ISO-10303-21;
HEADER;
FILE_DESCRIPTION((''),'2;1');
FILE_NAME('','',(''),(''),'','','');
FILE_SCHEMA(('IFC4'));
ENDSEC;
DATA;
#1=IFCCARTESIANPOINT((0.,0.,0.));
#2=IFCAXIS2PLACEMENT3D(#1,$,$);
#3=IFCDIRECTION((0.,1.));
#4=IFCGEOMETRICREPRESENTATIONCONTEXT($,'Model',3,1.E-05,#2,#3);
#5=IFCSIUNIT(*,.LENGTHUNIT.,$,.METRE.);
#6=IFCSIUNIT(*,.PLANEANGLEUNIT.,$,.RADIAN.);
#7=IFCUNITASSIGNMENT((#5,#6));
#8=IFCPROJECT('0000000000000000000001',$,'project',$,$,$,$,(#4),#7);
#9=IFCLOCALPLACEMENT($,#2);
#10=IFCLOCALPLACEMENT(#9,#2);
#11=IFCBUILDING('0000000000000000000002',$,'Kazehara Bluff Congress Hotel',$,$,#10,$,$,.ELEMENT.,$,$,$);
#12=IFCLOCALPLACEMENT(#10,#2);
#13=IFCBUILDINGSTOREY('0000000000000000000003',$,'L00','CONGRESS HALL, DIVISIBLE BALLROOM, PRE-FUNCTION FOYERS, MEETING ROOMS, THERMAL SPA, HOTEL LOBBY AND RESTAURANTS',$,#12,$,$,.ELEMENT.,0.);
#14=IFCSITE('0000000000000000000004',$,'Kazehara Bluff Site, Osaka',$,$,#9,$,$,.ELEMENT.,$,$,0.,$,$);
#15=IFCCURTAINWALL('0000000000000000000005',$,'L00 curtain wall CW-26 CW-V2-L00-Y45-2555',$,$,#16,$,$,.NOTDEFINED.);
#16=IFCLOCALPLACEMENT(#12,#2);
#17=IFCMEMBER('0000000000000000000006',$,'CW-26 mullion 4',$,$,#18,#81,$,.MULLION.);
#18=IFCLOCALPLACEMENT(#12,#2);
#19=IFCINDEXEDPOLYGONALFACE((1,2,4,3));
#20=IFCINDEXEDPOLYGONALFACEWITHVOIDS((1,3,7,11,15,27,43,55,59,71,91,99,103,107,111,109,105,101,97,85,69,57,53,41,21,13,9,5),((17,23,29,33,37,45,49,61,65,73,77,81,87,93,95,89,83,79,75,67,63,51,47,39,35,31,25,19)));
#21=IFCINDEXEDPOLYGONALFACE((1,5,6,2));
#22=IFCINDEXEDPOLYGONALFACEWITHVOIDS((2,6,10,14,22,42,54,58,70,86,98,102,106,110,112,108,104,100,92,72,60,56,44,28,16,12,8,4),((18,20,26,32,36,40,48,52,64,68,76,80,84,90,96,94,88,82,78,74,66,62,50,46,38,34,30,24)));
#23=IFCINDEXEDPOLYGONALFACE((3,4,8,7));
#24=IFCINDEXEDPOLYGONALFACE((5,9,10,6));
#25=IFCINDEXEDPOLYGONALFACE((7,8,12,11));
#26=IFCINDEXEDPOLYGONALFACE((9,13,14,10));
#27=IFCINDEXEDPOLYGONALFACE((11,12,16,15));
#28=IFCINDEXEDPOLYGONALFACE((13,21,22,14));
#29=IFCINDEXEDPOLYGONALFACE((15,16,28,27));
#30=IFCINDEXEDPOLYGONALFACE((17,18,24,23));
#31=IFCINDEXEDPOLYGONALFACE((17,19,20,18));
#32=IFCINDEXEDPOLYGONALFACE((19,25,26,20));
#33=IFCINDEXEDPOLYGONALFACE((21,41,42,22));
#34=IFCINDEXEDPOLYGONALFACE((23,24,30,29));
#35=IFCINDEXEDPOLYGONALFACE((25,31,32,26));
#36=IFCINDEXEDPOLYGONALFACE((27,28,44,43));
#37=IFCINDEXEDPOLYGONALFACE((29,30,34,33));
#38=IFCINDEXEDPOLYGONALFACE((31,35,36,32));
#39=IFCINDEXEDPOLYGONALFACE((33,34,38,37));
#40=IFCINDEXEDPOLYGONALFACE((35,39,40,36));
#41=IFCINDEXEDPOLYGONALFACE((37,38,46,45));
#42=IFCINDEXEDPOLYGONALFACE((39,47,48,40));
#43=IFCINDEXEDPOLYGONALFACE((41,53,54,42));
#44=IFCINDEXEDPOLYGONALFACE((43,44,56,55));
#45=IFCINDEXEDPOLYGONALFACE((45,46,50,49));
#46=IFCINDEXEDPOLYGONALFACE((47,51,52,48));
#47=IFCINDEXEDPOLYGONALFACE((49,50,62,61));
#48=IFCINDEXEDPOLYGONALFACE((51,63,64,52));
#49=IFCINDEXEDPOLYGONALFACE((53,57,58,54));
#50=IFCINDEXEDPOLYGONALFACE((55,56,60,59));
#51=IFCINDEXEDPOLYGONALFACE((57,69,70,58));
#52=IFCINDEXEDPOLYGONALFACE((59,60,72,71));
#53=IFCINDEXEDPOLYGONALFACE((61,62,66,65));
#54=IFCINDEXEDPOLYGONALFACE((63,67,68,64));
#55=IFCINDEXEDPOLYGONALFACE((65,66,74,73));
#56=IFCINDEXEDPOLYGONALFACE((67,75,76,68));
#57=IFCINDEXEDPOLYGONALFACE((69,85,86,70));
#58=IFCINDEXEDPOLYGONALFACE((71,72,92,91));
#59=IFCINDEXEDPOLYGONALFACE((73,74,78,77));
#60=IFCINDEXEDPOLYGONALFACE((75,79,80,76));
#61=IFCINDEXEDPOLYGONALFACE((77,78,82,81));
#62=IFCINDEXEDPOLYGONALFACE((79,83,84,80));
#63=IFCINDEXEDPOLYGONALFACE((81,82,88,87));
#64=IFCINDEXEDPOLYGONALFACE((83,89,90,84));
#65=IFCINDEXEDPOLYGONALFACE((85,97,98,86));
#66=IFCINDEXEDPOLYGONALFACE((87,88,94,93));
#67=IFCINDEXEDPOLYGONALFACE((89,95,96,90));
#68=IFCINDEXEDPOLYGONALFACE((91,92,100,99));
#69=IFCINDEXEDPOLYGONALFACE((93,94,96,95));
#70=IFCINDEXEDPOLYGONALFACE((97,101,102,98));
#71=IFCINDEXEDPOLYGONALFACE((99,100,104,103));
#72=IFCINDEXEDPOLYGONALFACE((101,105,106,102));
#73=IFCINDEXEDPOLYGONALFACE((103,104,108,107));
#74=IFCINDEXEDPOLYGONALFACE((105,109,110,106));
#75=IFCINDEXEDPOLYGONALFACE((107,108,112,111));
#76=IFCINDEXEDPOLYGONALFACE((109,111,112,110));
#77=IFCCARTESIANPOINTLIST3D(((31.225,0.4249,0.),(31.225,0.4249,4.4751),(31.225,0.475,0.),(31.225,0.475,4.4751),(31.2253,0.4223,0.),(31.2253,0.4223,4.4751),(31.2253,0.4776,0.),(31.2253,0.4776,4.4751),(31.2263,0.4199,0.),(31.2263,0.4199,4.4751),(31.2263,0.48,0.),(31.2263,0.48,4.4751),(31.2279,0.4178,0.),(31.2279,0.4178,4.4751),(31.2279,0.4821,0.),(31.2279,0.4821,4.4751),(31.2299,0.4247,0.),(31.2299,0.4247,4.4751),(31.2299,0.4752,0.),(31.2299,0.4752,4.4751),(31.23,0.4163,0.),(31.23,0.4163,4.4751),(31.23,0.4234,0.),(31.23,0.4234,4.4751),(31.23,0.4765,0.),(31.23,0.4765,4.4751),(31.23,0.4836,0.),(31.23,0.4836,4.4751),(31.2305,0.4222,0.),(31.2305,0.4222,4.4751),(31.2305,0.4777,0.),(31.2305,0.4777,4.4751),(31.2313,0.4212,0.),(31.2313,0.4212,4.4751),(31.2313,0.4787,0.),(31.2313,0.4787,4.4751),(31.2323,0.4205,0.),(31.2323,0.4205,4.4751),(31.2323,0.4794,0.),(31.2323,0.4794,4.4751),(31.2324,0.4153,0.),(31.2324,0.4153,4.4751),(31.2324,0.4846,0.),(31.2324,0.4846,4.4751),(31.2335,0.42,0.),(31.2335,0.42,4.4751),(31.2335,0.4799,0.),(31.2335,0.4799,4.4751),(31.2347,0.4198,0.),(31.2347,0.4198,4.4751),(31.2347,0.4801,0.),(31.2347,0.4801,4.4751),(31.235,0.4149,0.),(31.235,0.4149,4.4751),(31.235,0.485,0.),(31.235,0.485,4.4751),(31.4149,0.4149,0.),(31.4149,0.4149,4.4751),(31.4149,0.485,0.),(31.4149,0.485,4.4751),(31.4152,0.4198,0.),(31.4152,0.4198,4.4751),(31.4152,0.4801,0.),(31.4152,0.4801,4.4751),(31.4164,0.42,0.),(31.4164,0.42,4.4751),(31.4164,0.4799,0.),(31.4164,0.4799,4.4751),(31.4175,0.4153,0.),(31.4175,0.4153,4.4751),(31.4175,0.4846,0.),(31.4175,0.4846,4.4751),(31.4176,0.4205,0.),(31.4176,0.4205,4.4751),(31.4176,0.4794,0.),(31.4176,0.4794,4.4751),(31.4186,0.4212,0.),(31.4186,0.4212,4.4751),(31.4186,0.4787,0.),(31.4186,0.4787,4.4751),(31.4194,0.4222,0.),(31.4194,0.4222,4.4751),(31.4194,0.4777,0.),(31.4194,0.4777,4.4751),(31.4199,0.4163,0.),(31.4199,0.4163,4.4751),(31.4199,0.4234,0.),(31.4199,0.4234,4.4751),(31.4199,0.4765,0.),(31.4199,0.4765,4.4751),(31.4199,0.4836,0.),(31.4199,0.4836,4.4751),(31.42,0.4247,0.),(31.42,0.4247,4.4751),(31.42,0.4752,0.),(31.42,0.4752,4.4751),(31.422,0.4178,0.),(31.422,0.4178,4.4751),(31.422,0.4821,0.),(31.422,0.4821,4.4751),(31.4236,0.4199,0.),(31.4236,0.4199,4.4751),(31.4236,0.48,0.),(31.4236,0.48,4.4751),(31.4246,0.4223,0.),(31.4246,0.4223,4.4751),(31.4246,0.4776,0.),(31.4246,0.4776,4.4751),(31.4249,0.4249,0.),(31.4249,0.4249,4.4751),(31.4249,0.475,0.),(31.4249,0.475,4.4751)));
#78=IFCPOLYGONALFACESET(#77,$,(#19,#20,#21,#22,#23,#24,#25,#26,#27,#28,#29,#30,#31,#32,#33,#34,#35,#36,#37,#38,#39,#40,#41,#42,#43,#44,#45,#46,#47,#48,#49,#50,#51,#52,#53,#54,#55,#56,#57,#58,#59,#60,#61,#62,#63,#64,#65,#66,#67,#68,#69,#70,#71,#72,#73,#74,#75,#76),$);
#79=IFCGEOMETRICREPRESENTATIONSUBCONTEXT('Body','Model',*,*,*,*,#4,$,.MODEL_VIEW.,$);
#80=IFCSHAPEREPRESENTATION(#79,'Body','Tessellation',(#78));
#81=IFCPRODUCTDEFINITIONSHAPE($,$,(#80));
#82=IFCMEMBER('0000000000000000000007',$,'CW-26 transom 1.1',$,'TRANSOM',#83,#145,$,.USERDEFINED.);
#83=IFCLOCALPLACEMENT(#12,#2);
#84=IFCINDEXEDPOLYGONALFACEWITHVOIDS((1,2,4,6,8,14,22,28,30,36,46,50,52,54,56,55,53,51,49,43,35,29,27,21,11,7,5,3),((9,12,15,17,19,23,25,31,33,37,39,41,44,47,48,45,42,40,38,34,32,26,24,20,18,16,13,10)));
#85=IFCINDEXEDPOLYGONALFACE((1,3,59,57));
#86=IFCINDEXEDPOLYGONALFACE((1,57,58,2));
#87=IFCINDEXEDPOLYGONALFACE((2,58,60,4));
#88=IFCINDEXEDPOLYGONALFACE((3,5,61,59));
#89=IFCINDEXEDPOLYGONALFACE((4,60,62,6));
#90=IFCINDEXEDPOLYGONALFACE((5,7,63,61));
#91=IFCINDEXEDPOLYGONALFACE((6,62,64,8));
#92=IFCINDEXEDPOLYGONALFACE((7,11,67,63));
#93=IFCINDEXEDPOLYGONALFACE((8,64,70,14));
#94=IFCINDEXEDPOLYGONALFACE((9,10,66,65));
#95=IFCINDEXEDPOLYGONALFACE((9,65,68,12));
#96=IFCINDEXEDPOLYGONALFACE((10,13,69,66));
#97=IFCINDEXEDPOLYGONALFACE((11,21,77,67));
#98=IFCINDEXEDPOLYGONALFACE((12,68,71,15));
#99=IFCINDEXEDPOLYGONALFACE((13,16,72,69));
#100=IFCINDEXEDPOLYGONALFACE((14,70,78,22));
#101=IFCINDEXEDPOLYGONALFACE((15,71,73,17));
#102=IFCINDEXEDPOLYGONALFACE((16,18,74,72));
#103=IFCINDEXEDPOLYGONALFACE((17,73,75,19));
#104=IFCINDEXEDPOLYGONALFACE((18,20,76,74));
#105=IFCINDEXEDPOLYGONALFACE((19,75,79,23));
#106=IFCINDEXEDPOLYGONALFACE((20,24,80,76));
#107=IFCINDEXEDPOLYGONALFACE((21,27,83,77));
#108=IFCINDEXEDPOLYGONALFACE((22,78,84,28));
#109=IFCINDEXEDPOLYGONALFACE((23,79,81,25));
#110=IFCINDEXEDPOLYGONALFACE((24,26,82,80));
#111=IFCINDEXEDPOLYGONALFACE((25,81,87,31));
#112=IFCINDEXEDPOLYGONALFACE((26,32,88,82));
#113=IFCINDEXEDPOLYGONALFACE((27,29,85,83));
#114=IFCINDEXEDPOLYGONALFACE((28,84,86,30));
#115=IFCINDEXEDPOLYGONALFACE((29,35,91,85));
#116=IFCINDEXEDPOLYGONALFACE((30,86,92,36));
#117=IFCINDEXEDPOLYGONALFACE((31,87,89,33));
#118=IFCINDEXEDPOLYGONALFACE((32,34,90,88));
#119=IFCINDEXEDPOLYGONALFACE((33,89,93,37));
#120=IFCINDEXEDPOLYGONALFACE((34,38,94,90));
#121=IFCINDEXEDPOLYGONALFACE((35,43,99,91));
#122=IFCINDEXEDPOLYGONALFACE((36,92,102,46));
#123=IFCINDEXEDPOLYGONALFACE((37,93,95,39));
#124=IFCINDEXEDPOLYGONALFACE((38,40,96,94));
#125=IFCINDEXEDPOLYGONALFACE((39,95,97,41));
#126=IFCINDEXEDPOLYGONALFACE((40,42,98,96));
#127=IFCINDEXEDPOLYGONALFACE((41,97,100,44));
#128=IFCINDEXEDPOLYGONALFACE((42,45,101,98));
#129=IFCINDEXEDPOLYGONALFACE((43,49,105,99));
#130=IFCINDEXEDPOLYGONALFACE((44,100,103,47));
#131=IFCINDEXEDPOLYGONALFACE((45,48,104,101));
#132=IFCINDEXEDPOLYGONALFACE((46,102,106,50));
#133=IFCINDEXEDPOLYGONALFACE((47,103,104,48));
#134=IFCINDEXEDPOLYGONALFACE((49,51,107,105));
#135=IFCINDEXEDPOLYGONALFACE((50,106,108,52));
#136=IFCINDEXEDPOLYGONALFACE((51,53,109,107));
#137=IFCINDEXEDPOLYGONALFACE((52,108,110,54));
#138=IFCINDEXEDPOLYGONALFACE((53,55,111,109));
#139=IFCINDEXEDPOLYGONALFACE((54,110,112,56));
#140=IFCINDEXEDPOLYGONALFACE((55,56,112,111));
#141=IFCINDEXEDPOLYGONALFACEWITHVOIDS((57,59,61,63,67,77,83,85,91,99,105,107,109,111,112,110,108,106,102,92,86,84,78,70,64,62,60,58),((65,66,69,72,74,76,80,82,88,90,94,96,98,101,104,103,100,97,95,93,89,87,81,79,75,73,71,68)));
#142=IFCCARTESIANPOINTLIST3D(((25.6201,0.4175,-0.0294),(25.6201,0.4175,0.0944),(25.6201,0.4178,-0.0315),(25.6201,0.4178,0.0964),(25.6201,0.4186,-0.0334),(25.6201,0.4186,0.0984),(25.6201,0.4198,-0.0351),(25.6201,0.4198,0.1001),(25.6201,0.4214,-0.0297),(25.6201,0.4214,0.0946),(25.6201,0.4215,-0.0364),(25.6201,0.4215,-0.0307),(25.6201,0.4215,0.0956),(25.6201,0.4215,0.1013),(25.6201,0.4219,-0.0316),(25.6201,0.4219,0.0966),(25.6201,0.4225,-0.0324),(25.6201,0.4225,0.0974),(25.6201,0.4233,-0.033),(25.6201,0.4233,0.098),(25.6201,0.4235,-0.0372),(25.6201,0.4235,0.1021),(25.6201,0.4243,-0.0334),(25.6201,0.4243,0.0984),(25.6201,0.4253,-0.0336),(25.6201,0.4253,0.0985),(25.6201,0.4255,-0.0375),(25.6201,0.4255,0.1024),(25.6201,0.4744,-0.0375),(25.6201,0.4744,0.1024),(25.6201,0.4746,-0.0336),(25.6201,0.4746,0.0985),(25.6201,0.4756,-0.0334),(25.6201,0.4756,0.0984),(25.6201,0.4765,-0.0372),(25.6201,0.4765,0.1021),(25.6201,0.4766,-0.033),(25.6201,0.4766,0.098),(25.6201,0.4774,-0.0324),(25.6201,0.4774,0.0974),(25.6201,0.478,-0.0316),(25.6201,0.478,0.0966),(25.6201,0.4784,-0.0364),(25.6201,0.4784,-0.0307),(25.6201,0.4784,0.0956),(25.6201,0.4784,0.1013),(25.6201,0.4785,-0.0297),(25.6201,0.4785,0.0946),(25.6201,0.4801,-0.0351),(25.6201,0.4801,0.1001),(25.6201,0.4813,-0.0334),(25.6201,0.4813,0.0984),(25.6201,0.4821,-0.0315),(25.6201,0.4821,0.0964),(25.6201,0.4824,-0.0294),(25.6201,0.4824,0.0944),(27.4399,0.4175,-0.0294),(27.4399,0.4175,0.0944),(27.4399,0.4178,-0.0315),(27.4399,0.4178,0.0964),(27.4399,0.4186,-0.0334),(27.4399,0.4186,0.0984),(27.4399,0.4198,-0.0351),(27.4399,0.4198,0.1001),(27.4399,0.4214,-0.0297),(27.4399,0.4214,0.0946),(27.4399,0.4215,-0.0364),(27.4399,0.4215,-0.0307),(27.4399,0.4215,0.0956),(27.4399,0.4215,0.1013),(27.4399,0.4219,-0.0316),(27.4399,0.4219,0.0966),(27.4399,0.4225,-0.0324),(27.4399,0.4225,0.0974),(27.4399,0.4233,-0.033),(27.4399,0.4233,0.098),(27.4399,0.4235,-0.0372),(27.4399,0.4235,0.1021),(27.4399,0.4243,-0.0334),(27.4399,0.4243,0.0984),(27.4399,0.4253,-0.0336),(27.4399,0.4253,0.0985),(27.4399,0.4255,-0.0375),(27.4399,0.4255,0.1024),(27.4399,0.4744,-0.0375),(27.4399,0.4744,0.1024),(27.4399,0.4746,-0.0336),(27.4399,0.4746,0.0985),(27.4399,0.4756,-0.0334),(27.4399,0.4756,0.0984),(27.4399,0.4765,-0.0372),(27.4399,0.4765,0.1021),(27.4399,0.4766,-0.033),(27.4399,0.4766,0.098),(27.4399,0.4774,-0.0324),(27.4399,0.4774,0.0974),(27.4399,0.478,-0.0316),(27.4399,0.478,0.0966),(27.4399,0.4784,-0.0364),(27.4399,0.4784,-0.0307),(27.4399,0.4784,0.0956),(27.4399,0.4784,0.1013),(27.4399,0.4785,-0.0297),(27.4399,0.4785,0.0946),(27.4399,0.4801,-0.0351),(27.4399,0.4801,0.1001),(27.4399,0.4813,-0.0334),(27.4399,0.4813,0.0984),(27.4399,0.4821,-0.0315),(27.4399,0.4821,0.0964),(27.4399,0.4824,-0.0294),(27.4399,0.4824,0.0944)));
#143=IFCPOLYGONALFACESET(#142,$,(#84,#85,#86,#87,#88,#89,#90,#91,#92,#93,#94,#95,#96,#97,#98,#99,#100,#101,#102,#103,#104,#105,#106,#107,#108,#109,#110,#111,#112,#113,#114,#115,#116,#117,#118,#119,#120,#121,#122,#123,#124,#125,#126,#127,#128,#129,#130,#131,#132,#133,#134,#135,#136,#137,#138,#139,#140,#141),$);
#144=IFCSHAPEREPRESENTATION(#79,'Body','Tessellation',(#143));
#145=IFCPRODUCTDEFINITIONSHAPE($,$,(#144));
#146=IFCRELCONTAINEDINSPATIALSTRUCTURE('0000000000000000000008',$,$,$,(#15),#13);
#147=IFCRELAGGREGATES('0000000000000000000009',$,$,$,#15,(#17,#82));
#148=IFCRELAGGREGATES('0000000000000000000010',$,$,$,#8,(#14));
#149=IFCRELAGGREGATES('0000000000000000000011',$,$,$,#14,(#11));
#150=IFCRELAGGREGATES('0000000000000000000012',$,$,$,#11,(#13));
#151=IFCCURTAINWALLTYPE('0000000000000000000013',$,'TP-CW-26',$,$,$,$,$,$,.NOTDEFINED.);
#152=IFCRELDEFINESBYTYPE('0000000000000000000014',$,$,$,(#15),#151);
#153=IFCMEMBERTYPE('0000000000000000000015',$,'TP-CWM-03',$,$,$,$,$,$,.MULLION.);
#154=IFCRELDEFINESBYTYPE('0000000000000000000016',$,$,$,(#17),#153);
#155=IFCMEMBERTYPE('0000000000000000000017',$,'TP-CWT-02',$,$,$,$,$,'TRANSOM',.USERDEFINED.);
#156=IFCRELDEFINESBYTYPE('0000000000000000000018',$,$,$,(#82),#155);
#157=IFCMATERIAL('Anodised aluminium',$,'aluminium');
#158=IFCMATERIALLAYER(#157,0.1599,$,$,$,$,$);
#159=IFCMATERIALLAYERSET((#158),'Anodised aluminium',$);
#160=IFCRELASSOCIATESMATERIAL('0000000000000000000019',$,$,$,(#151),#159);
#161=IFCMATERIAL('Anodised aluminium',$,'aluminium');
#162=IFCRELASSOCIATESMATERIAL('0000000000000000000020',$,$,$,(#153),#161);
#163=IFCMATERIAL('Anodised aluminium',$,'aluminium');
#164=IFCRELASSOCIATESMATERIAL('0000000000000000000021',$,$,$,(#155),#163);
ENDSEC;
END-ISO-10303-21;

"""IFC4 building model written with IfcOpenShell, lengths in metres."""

from ifc_helpers import new_model, si_unit, direction, frame, origin, origin_2d, place, context, subcontext, project, spatial, hollow_rectangle, extrude, material, layer, layer_set, material_profile, profile_set, type_object, element, aggregate, save


model = new_model("IFC4")

# Units and contexts
model_context = context("Model", 3, precision=1e-05, world=origin(), true_north=direction((0.0, 1.0)))
body_context = subcontext(model_context, "Body", "Model", "MODEL_VIEW")
ifc_project = project(units=[si_unit("LENGTHUNIT", "METRE"), si_unit("PLANEANGLEUNIT", "RADIAN")], contexts=[model_context])

# Site, building, storey
site_placement = place(None, origin())
site = spatial("IfcSite", under=ifc_project, at=site_placement, Name="Kazehara Bluff Site, Osaka", CompositionType="ELEMENT", RefElevation=0.0)
building_placement = place(site_placement, origin())
building = spatial("IfcBuilding", under=site, at=building_placement, Name="Kazehara Bluff Congress Hotel", CompositionType="ELEMENT")
storey_placement = place(building_placement, origin())
storey = spatial("IfcBuildingStorey", under=building, at=storey_placement, Name="L00", Description="CONGRESS HALL, DIVISIBLE BALLROOM, PRE-FUNCTION FOYERS, MEETING ROOMS, THERMAL SPA, HOTEL LOBBY AND RESTAURANTS", CompositionType="ELEMENT", Elevation=0.0)

# Curtain wall, members
ifc_material_1 = material(Name="Anodised aluminium", Category="aluminium")
ifc_layer_1 = layer(ifc_material_1, 0.1599)
ifc_layer_set_1 = layer_set([ifc_layer_1], Name="Anodised aluminium")
curtain_wall_type = type_object("IfcCurtainWallType", Name="TP-CW-26", PredefinedType="NOTDEFINED", material=ifc_layer_set_1)
curtain_wall_placement = place(storey_placement, origin())
curtain_wall = element("IfcCurtainWall", 1, at=curtain_wall_placement, inside=storey, type_object=curtain_wall_type, Name="L00 curtain wall CW-26 CW-V2-L00-Y45-2555", PredefinedType="NOTDEFINED")
ifc_material_2 = material(Name="Anodised aluminium", Category="aluminium")
ifc_material_profile_1 = material_profile(ifc_material_2, hollow_rectangle(XDim=0.0701, YDim=0.2, WallThickness=0.0049, InnerFilletRadius=0.0049, OuterFilletRadius=0.01, at=origin_2d()))
ifc_profile_set_1 = profile_set([ifc_material_profile_1], Name="Anodised aluminium")
member_type_1 = type_object("IfcMemberType", Name="TP-CWM-03", PredefinedType="MULLION", material=ifc_profile_set_1)
member_1_placement = place(storey_placement, frame((31.325, 0.45, 0.0), z_axis=(0.0, 0.0, 1.0), x_axis=(0.0, 1.0, 0.0)))
member_1 = element("IfcMember", 2, at=member_1_placement, type_object=member_type_1, Name="CW-26 mullion 4", PredefinedType="MULLION", context=body_context, shape_type="SweptSolid", body=[
    extrude(hollow_rectangle(XDim=0.0701, YDim=0.2, WallThickness=0.0049, InnerFilletRadius=0.0049, OuterFilletRadius=0.01, at=origin_2d()), origin(), (0.0, 0.0, 1.0), 4.4751),
])
ifc_material_3 = material(Name="Anodised aluminium", Category="aluminium")
ifc_material_profile_2 = material_profile(ifc_material_3, hollow_rectangle(XDim=0.0649, YDim=0.1399, WallThickness=0.0039, InnerFilletRadius=0.0039, OuterFilletRadius=0.0081, at=origin_2d()))
ifc_profile_set_2 = profile_set([ifc_material_profile_2], Name="Anodised aluminium")
member_type_2 = type_object("IfcMemberType", Name="TP-CWT-02", ElementType="TRANSOM", PredefinedType="USERDEFINED", material=ifc_profile_set_2)
member_2_placement = place(storey_placement, frame((25.6201, 0.45, 0.0325), z_axis=(1.0, 0.0, 0.0), x_axis=(0.0, 1.0, 0.0)))
member_2 = element("IfcMember", 3, at=member_2_placement, type_object=member_type_2, Name="CW-26 transom 1.1", ObjectType="TRANSOM", PredefinedType="USERDEFINED", context=body_context, shape_type="SweptSolid", body=[
    extrude(hollow_rectangle(XDim=0.0649, YDim=0.1399, WallThickness=0.0039, InnerFilletRadius=0.0039, OuterFilletRadius=0.0081, at=origin_2d()), origin(), (0.0, 0.0, 1.0), 1.8198),
])
aggregate(curtain_wall, [member_1, member_2])

save(model, "model.ifc")
